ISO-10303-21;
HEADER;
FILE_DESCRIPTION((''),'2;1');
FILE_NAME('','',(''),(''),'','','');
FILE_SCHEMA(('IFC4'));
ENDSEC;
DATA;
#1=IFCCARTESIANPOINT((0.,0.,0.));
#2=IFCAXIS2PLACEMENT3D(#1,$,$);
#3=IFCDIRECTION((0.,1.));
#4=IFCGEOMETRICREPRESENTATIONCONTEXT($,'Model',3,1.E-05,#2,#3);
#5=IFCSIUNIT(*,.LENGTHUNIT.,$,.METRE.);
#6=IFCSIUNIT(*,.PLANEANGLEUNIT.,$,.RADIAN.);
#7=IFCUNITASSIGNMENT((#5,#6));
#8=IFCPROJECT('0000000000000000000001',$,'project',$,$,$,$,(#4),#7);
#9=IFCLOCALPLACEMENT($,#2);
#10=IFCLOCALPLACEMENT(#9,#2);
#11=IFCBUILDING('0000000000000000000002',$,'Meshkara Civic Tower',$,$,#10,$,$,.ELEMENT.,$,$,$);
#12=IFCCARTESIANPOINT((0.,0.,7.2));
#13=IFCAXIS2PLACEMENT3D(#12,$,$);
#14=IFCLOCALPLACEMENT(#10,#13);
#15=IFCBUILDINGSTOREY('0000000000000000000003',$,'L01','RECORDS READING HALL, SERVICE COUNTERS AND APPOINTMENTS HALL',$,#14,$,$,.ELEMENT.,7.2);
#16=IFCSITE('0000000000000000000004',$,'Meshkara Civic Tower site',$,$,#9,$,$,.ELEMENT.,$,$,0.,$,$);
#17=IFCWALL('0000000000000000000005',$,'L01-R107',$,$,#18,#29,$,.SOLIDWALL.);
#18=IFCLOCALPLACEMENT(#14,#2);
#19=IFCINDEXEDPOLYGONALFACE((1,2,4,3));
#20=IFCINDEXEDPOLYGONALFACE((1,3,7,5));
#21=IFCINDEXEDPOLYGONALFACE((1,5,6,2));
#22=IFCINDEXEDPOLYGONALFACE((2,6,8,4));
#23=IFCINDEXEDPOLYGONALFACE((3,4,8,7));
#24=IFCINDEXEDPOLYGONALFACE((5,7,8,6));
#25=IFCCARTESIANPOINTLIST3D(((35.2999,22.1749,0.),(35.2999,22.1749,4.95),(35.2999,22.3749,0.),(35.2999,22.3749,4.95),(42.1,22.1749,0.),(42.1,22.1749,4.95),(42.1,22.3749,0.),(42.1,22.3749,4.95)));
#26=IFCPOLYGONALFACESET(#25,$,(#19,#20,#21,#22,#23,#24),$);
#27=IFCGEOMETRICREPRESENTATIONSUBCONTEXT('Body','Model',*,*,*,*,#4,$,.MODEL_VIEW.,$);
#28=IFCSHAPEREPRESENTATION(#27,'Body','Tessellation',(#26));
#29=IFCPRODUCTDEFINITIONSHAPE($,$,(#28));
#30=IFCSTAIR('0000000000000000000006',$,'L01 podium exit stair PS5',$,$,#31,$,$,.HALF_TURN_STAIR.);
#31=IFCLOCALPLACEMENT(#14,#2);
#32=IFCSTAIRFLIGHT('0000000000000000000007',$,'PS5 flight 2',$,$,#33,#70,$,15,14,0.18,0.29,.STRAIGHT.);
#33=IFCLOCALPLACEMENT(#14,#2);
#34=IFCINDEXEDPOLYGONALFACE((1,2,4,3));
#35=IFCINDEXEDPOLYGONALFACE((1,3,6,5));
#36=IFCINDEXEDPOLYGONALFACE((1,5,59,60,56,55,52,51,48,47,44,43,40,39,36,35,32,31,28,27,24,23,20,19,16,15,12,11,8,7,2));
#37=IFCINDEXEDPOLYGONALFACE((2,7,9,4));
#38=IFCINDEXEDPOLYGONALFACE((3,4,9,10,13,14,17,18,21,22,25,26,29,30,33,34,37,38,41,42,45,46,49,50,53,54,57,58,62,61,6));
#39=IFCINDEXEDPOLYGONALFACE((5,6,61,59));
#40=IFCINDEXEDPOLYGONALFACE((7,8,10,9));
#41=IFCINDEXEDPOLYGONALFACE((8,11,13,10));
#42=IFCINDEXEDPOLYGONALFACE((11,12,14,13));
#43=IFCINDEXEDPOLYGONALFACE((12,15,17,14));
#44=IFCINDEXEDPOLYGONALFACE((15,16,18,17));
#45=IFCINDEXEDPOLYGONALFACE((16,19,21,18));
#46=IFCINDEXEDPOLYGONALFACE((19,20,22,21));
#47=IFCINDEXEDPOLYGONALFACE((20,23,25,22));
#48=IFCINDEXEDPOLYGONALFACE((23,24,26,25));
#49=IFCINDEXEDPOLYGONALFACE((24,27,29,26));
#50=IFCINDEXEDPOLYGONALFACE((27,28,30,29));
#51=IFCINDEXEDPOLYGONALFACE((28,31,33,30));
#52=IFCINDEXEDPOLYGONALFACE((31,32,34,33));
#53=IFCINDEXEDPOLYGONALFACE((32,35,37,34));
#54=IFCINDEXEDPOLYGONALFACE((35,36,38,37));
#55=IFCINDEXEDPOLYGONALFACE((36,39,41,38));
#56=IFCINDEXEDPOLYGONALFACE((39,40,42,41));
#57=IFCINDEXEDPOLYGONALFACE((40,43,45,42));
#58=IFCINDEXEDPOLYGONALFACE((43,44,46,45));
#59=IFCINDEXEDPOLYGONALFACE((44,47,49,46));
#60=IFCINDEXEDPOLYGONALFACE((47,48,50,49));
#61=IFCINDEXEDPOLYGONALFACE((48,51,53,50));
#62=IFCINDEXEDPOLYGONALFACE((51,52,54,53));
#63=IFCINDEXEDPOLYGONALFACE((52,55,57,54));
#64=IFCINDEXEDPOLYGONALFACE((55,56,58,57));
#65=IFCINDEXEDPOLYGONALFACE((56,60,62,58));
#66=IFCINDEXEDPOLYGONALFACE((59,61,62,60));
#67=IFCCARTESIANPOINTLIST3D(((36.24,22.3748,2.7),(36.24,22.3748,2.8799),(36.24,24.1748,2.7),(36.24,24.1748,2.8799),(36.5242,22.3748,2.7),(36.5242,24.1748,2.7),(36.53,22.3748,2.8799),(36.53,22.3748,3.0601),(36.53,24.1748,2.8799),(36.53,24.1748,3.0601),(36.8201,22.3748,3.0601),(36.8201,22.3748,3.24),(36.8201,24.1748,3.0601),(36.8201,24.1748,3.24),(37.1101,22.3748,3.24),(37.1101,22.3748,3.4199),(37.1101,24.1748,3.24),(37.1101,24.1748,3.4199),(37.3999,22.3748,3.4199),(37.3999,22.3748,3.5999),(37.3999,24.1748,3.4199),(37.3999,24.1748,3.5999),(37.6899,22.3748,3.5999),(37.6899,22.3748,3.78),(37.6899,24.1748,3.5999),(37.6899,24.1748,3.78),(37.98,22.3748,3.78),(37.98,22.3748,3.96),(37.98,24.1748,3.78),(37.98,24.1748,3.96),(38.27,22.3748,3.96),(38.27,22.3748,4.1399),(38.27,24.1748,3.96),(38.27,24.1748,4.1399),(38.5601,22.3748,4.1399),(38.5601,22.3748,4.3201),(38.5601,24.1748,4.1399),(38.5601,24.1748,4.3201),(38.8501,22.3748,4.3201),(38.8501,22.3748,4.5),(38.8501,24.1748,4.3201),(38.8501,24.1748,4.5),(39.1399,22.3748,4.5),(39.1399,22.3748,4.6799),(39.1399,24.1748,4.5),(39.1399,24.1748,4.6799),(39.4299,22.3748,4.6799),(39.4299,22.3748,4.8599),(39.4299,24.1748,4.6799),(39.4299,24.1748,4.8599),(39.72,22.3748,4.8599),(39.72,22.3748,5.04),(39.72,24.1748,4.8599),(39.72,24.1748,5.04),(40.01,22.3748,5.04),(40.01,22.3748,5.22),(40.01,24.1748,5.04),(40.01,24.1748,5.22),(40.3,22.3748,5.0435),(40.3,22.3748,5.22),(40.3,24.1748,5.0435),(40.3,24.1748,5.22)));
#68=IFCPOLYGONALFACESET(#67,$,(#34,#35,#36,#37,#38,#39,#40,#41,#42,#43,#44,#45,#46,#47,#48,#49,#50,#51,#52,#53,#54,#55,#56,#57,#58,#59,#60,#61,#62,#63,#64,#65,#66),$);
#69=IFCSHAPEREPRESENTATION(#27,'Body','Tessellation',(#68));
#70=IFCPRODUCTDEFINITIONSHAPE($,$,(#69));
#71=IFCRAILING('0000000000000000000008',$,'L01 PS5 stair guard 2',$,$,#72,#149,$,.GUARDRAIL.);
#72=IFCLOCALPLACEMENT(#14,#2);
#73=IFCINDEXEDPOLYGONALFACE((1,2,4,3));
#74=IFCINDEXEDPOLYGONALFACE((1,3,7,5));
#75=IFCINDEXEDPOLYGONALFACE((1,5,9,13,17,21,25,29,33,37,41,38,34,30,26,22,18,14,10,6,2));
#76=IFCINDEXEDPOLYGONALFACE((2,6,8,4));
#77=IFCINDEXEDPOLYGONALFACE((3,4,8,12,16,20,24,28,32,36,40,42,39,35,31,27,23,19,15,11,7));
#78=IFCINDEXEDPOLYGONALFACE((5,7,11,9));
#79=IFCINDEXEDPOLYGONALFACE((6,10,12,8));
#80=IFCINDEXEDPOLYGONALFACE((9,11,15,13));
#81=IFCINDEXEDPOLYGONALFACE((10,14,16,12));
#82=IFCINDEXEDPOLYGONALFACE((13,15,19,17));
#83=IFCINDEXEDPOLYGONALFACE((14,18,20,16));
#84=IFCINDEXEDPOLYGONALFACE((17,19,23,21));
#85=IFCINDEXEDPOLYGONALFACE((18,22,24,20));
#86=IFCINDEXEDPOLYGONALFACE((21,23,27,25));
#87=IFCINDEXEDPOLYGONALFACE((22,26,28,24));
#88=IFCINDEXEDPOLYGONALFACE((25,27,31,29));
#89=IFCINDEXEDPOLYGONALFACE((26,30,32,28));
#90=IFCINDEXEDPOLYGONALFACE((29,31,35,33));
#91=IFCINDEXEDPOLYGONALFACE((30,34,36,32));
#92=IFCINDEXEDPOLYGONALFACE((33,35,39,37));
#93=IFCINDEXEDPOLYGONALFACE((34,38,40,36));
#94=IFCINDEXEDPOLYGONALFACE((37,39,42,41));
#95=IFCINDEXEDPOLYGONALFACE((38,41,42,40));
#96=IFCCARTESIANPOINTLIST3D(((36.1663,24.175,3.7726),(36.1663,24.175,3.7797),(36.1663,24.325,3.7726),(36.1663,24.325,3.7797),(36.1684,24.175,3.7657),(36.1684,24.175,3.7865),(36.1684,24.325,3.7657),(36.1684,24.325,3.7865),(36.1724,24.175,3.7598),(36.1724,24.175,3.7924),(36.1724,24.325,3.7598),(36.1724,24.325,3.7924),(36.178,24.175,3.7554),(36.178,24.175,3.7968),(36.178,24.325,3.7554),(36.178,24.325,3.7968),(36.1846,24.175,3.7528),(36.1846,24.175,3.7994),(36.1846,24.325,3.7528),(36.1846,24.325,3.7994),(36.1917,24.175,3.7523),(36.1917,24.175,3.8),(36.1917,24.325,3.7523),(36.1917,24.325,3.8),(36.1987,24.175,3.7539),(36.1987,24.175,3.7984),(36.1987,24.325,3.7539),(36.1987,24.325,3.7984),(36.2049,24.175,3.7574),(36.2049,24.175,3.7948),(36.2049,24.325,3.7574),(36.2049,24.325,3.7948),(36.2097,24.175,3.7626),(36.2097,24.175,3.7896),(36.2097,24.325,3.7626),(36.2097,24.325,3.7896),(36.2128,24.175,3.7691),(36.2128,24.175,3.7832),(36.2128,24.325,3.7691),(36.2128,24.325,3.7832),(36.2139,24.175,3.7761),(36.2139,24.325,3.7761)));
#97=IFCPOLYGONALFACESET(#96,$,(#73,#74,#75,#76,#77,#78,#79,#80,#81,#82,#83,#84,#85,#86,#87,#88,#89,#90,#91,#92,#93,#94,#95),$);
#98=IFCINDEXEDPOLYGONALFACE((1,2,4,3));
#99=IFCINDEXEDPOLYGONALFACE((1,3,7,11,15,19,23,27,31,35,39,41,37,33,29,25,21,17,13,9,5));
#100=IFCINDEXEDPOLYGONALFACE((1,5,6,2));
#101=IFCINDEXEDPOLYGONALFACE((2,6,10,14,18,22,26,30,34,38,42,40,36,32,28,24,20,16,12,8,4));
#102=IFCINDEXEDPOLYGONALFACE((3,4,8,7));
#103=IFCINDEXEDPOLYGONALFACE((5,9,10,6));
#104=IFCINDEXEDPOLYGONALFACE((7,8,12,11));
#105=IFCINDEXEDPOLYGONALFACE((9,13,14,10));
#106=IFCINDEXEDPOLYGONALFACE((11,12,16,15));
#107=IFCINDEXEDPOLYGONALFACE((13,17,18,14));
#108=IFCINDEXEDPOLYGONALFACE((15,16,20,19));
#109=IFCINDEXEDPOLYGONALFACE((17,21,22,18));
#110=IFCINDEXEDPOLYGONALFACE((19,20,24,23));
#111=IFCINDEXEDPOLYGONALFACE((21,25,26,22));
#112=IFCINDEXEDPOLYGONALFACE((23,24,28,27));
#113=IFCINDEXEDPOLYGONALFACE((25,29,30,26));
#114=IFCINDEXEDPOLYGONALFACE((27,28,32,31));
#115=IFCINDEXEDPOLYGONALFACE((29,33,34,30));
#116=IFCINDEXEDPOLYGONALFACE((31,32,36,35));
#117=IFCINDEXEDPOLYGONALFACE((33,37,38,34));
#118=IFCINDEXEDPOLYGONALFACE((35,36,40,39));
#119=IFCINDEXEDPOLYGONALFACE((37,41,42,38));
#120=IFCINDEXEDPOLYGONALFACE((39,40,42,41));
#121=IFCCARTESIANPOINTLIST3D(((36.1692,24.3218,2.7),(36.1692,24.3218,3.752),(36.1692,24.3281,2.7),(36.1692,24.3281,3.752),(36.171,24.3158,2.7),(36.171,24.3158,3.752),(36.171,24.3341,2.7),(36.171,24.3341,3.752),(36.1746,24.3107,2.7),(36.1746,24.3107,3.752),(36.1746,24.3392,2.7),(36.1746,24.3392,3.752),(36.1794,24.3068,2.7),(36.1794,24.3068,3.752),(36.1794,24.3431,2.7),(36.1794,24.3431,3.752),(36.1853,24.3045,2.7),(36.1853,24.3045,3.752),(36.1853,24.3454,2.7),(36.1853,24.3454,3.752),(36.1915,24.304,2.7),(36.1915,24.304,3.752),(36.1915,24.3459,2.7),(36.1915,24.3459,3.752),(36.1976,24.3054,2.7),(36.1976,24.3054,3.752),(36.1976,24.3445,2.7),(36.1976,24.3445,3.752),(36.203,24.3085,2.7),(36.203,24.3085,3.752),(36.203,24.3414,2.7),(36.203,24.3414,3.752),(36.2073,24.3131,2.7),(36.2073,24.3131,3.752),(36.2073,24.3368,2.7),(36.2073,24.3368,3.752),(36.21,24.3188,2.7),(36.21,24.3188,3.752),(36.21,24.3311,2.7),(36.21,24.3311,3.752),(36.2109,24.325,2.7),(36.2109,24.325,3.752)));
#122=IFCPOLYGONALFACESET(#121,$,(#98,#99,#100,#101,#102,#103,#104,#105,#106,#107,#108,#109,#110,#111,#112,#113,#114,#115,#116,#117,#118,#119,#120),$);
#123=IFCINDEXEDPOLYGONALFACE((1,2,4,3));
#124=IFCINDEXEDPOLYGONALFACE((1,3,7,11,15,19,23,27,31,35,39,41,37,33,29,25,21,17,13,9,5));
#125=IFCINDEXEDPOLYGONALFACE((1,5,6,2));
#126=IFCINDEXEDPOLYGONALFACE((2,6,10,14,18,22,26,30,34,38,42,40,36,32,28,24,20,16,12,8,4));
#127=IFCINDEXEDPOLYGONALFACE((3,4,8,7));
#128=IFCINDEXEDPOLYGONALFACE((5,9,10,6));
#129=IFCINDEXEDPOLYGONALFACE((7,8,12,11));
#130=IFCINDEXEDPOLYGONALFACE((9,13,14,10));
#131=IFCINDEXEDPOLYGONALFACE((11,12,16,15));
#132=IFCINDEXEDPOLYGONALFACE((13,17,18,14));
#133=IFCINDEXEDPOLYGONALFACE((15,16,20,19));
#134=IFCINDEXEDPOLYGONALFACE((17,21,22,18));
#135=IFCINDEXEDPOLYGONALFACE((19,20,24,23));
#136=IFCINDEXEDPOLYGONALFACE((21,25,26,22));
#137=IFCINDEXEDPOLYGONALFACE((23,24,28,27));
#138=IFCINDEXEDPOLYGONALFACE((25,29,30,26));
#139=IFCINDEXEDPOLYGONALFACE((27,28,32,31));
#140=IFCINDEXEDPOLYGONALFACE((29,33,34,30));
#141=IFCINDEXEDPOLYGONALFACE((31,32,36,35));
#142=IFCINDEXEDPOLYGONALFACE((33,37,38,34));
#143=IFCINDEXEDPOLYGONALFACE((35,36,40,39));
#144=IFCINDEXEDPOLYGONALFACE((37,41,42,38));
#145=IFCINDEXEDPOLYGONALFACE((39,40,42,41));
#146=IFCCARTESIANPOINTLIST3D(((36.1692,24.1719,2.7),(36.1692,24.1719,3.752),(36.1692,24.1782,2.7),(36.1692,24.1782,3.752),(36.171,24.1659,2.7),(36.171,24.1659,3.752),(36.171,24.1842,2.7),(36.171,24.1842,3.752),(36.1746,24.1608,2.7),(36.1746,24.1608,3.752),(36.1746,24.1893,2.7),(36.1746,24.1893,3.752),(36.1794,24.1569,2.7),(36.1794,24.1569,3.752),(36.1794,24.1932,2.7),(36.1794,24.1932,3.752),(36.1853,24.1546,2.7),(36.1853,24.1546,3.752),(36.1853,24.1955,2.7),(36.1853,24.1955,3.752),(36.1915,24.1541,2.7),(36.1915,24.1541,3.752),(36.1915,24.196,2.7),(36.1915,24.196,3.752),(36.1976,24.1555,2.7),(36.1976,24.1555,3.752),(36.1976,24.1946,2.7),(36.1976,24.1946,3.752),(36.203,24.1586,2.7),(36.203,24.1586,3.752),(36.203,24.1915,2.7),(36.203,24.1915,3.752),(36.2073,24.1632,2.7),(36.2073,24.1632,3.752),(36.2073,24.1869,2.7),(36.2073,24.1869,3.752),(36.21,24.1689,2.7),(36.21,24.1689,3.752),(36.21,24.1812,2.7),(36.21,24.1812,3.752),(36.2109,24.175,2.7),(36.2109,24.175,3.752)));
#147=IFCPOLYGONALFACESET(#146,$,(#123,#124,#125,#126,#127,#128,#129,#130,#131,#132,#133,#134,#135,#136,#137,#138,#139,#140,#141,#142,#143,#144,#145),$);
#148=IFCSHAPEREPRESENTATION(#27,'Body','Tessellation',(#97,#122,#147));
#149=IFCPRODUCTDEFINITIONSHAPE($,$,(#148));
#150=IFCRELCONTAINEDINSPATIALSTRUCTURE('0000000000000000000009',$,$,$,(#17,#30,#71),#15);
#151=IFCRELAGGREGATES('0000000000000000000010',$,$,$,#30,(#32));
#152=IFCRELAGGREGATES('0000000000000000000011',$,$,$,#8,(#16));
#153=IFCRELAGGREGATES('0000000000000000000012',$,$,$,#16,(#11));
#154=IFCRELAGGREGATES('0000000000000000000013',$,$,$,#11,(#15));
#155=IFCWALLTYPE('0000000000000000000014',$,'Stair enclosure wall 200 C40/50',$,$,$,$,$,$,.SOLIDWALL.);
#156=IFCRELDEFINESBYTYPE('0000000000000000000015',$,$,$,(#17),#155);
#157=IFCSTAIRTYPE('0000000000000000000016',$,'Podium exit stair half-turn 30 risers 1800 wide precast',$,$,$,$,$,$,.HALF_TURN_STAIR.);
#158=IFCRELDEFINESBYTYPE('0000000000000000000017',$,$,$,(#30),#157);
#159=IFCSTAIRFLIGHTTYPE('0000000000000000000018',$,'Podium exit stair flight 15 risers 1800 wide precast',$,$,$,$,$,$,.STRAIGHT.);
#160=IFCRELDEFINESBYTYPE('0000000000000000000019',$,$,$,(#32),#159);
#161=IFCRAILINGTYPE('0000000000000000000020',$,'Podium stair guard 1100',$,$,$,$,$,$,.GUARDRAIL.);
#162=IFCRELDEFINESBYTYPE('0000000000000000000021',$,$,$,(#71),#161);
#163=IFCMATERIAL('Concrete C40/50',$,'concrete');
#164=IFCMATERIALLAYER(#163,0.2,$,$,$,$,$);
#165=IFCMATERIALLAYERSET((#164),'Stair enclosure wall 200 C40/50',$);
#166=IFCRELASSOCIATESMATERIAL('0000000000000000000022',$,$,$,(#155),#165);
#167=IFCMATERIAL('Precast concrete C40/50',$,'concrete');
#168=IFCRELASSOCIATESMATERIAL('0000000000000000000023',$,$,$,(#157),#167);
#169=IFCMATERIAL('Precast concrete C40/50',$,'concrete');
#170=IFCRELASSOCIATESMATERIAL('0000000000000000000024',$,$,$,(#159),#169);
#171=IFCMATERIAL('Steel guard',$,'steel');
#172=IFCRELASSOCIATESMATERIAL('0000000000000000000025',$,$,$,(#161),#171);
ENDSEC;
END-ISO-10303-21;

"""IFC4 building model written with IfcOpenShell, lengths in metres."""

from ifc_helpers import new_model, si_unit, direction, frame, frame_2d, origin, origin_2d, place, context, subcontext, project, spatial, polyline, rectangle, circle, outline, extrude, material, layer, layer_set, type_object, element, aggregate, save


model = new_model("IFC4")

# Units and contexts
model_context = context("Model", 3, precision=1e-05, world=origin(), true_north=direction((0.0, 1.0)))
body_context = subcontext(model_context, "Body", "Model", "MODEL_VIEW")
ifc_project = project(units=[si_unit("LENGTHUNIT", "METRE"), si_unit("PLANEANGLEUNIT", "RADIAN")], contexts=[model_context])

# Site, building, storey
site_placement = place(None, origin())
site = spatial("IfcSite", under=ifc_project, at=site_placement, Name="Meshkara Civic Tower site", CompositionType="ELEMENT", RefElevation=0.0)
building_placement = place(site_placement, origin())
building = spatial("IfcBuilding", under=site, at=building_placement, Name="Meshkara Civic Tower", CompositionType="ELEMENT")
storey_placement = place(building_placement, frame((0.0, 0.0, 7.2)))
storey = spatial("IfcBuildingStorey", under=building, at=storey_placement, Name="L01", Description="RECORDS READING HALL, SERVICE COUNTERS AND APPOINTMENTS HALL", CompositionType="ELEMENT", Elevation=7.2)

# Shared definitions
ifc_material_1 = material(Name="Concrete C40/50", Category="concrete")
ifc_layer_1 = layer(ifc_material_1, 0.2)
ifc_layer_set_1 = layer_set([ifc_layer_1], Name="Stair enclosure wall 200 C40/50")
wall_type_1 = type_object("IfcWallType", Name="Stair enclosure wall 200 C40/50", PredefinedType="SOLIDWALL", material=ifc_layer_set_1)

# Wall
wall_1_placement = place(storey_placement, frame((35.3, 22.2749, 0.0), z_axis=(0.0, 0.0, 1.0), x_axis=(1.0, 0.0, 0.0)))
element("IfcWall", 1, at=wall_1_placement, inside=storey, type_object=wall_type_1, Name="L01-R107", PredefinedType="SOLIDWALL", context=body_context, shape_type="SweptSolid", body=[
    extrude(rectangle(XDim=6.8, YDim=0.2, at=frame_2d((3.3999, 0.0))), origin(), (0.0, 0.0, 1.0), 4.95),
])

# Stair, stair flight
ifc_material_2 = material(Name="Precast concrete C40/50", Category="concrete")
stair_type = type_object("IfcStairType", Name="Podium exit stair half-turn 30 risers 1800 wide precast", PredefinedType="HALF_TURN_STAIR", material=ifc_material_2)
stair_placement = place(storey_placement, origin())
stair = element("IfcStair", 2, at=stair_placement, inside=storey, type_object=stair_type, Name="L01 podium exit stair PS5", PredefinedType="HALF_TURN_STAIR")
ifc_material_3 = material(Name="Precast concrete C40/50", Category="concrete")
stair_flight_type = type_object("IfcStairFlightType", Name="Podium exit stair flight 15 risers 1800 wide precast", PredefinedType="STRAIGHT", material=ifc_material_3)
stair_flight_placement = place(storey_placement, frame((36.24, 23.2749, 2.7), z_axis=(0.0, 0.0, 1.0), x_axis=(1.0, 0.0, 0.0)))
stair_flight = element("IfcStairFlight", 3, at=stair_flight_placement, type_object=stair_flight_type, Name="PS5 flight 2", NumberOfRisers=15, NumberOfTreads=14, PredefinedType="STRAIGHT", RiserHeight=0.18, TreadLength=0.29, context=body_context, shape_type="SweptSolid", body=[
    extrude(outline(polyline([(0.0, 0.0), (0.0, 0.1799), (0.29, 0.1799), (0.29, 0.3601), (0.5801, 0.3601), (0.5801, 0.54), (0.8701, 0.54), (0.8701, 0.72), (1.1599, 0.72), (1.1599, 0.8999), (1.45, 0.8999), (1.45, 1.0801), (1.74, 1.0801), (1.74, 1.26), (2.03, 1.26), (2.03, 1.4399), (2.3201, 1.4399), (2.3201, 1.6201), (2.6101, 1.6201), (2.6101, 1.8), (2.8999, 1.8), (2.8999, 1.98), (3.1899, 1.98), (3.1899, 2.1599), (3.48, 2.1599), (3.48, 2.3401), (3.77, 2.3401), (3.77, 2.52), (4.0601, 2.52), (4.0601, 2.7), (4.0601, 2.3435), (0.2842, 0.0), (0.0, 0.0)])), frame((0.0, 0.8999, 0.0), z_axis=(0.0, -1.0, 0.0), x_axis=(1.0, 0.0, 0.0)), (0.0, 0.0, 1.0), 1.8),
])
aggregate(stair, [stair_flight])

# Railing
ifc_material_4 = material(Name="Steel guard", Category="steel")
railing_type_1 = type_object("IfcRailingType", Name="Podium stair guard 1100", PredefinedType="GUARDRAIL", material=ifc_material_4)
railing_1_placement = place(storey_placement, frame((36.1899, 24.325, 2.7)))
element("IfcRailing", 4, at=railing_1_placement, inside=storey, type_object=railing_type_1, Name="L01 PS5 stair guard 2", PredefinedType="GUARDRAIL", context=body_context, shape_type="SweptSolid", body=[
    extrude(circle(Radius=0.0239, at=origin_2d()), frame((0.0, 0.0, 1.0762), z_axis=(0.0, -1.0, 0.0), x_axis=(1.0, 0.0, 0.0)), (0.0, 0.0, 1.0), 0.1499),
    extrude(circle(Radius=0.021, at=origin_2d()), origin(), (0.0, 0.0, 1.0), 1.052),
    extrude(circle(Radius=0.021, at=origin_2d()), frame((0.0, -0.1499, 0.0)), (0.0, 0.0, 1.0), 1.052),
])

save(model, "model.ifc")
